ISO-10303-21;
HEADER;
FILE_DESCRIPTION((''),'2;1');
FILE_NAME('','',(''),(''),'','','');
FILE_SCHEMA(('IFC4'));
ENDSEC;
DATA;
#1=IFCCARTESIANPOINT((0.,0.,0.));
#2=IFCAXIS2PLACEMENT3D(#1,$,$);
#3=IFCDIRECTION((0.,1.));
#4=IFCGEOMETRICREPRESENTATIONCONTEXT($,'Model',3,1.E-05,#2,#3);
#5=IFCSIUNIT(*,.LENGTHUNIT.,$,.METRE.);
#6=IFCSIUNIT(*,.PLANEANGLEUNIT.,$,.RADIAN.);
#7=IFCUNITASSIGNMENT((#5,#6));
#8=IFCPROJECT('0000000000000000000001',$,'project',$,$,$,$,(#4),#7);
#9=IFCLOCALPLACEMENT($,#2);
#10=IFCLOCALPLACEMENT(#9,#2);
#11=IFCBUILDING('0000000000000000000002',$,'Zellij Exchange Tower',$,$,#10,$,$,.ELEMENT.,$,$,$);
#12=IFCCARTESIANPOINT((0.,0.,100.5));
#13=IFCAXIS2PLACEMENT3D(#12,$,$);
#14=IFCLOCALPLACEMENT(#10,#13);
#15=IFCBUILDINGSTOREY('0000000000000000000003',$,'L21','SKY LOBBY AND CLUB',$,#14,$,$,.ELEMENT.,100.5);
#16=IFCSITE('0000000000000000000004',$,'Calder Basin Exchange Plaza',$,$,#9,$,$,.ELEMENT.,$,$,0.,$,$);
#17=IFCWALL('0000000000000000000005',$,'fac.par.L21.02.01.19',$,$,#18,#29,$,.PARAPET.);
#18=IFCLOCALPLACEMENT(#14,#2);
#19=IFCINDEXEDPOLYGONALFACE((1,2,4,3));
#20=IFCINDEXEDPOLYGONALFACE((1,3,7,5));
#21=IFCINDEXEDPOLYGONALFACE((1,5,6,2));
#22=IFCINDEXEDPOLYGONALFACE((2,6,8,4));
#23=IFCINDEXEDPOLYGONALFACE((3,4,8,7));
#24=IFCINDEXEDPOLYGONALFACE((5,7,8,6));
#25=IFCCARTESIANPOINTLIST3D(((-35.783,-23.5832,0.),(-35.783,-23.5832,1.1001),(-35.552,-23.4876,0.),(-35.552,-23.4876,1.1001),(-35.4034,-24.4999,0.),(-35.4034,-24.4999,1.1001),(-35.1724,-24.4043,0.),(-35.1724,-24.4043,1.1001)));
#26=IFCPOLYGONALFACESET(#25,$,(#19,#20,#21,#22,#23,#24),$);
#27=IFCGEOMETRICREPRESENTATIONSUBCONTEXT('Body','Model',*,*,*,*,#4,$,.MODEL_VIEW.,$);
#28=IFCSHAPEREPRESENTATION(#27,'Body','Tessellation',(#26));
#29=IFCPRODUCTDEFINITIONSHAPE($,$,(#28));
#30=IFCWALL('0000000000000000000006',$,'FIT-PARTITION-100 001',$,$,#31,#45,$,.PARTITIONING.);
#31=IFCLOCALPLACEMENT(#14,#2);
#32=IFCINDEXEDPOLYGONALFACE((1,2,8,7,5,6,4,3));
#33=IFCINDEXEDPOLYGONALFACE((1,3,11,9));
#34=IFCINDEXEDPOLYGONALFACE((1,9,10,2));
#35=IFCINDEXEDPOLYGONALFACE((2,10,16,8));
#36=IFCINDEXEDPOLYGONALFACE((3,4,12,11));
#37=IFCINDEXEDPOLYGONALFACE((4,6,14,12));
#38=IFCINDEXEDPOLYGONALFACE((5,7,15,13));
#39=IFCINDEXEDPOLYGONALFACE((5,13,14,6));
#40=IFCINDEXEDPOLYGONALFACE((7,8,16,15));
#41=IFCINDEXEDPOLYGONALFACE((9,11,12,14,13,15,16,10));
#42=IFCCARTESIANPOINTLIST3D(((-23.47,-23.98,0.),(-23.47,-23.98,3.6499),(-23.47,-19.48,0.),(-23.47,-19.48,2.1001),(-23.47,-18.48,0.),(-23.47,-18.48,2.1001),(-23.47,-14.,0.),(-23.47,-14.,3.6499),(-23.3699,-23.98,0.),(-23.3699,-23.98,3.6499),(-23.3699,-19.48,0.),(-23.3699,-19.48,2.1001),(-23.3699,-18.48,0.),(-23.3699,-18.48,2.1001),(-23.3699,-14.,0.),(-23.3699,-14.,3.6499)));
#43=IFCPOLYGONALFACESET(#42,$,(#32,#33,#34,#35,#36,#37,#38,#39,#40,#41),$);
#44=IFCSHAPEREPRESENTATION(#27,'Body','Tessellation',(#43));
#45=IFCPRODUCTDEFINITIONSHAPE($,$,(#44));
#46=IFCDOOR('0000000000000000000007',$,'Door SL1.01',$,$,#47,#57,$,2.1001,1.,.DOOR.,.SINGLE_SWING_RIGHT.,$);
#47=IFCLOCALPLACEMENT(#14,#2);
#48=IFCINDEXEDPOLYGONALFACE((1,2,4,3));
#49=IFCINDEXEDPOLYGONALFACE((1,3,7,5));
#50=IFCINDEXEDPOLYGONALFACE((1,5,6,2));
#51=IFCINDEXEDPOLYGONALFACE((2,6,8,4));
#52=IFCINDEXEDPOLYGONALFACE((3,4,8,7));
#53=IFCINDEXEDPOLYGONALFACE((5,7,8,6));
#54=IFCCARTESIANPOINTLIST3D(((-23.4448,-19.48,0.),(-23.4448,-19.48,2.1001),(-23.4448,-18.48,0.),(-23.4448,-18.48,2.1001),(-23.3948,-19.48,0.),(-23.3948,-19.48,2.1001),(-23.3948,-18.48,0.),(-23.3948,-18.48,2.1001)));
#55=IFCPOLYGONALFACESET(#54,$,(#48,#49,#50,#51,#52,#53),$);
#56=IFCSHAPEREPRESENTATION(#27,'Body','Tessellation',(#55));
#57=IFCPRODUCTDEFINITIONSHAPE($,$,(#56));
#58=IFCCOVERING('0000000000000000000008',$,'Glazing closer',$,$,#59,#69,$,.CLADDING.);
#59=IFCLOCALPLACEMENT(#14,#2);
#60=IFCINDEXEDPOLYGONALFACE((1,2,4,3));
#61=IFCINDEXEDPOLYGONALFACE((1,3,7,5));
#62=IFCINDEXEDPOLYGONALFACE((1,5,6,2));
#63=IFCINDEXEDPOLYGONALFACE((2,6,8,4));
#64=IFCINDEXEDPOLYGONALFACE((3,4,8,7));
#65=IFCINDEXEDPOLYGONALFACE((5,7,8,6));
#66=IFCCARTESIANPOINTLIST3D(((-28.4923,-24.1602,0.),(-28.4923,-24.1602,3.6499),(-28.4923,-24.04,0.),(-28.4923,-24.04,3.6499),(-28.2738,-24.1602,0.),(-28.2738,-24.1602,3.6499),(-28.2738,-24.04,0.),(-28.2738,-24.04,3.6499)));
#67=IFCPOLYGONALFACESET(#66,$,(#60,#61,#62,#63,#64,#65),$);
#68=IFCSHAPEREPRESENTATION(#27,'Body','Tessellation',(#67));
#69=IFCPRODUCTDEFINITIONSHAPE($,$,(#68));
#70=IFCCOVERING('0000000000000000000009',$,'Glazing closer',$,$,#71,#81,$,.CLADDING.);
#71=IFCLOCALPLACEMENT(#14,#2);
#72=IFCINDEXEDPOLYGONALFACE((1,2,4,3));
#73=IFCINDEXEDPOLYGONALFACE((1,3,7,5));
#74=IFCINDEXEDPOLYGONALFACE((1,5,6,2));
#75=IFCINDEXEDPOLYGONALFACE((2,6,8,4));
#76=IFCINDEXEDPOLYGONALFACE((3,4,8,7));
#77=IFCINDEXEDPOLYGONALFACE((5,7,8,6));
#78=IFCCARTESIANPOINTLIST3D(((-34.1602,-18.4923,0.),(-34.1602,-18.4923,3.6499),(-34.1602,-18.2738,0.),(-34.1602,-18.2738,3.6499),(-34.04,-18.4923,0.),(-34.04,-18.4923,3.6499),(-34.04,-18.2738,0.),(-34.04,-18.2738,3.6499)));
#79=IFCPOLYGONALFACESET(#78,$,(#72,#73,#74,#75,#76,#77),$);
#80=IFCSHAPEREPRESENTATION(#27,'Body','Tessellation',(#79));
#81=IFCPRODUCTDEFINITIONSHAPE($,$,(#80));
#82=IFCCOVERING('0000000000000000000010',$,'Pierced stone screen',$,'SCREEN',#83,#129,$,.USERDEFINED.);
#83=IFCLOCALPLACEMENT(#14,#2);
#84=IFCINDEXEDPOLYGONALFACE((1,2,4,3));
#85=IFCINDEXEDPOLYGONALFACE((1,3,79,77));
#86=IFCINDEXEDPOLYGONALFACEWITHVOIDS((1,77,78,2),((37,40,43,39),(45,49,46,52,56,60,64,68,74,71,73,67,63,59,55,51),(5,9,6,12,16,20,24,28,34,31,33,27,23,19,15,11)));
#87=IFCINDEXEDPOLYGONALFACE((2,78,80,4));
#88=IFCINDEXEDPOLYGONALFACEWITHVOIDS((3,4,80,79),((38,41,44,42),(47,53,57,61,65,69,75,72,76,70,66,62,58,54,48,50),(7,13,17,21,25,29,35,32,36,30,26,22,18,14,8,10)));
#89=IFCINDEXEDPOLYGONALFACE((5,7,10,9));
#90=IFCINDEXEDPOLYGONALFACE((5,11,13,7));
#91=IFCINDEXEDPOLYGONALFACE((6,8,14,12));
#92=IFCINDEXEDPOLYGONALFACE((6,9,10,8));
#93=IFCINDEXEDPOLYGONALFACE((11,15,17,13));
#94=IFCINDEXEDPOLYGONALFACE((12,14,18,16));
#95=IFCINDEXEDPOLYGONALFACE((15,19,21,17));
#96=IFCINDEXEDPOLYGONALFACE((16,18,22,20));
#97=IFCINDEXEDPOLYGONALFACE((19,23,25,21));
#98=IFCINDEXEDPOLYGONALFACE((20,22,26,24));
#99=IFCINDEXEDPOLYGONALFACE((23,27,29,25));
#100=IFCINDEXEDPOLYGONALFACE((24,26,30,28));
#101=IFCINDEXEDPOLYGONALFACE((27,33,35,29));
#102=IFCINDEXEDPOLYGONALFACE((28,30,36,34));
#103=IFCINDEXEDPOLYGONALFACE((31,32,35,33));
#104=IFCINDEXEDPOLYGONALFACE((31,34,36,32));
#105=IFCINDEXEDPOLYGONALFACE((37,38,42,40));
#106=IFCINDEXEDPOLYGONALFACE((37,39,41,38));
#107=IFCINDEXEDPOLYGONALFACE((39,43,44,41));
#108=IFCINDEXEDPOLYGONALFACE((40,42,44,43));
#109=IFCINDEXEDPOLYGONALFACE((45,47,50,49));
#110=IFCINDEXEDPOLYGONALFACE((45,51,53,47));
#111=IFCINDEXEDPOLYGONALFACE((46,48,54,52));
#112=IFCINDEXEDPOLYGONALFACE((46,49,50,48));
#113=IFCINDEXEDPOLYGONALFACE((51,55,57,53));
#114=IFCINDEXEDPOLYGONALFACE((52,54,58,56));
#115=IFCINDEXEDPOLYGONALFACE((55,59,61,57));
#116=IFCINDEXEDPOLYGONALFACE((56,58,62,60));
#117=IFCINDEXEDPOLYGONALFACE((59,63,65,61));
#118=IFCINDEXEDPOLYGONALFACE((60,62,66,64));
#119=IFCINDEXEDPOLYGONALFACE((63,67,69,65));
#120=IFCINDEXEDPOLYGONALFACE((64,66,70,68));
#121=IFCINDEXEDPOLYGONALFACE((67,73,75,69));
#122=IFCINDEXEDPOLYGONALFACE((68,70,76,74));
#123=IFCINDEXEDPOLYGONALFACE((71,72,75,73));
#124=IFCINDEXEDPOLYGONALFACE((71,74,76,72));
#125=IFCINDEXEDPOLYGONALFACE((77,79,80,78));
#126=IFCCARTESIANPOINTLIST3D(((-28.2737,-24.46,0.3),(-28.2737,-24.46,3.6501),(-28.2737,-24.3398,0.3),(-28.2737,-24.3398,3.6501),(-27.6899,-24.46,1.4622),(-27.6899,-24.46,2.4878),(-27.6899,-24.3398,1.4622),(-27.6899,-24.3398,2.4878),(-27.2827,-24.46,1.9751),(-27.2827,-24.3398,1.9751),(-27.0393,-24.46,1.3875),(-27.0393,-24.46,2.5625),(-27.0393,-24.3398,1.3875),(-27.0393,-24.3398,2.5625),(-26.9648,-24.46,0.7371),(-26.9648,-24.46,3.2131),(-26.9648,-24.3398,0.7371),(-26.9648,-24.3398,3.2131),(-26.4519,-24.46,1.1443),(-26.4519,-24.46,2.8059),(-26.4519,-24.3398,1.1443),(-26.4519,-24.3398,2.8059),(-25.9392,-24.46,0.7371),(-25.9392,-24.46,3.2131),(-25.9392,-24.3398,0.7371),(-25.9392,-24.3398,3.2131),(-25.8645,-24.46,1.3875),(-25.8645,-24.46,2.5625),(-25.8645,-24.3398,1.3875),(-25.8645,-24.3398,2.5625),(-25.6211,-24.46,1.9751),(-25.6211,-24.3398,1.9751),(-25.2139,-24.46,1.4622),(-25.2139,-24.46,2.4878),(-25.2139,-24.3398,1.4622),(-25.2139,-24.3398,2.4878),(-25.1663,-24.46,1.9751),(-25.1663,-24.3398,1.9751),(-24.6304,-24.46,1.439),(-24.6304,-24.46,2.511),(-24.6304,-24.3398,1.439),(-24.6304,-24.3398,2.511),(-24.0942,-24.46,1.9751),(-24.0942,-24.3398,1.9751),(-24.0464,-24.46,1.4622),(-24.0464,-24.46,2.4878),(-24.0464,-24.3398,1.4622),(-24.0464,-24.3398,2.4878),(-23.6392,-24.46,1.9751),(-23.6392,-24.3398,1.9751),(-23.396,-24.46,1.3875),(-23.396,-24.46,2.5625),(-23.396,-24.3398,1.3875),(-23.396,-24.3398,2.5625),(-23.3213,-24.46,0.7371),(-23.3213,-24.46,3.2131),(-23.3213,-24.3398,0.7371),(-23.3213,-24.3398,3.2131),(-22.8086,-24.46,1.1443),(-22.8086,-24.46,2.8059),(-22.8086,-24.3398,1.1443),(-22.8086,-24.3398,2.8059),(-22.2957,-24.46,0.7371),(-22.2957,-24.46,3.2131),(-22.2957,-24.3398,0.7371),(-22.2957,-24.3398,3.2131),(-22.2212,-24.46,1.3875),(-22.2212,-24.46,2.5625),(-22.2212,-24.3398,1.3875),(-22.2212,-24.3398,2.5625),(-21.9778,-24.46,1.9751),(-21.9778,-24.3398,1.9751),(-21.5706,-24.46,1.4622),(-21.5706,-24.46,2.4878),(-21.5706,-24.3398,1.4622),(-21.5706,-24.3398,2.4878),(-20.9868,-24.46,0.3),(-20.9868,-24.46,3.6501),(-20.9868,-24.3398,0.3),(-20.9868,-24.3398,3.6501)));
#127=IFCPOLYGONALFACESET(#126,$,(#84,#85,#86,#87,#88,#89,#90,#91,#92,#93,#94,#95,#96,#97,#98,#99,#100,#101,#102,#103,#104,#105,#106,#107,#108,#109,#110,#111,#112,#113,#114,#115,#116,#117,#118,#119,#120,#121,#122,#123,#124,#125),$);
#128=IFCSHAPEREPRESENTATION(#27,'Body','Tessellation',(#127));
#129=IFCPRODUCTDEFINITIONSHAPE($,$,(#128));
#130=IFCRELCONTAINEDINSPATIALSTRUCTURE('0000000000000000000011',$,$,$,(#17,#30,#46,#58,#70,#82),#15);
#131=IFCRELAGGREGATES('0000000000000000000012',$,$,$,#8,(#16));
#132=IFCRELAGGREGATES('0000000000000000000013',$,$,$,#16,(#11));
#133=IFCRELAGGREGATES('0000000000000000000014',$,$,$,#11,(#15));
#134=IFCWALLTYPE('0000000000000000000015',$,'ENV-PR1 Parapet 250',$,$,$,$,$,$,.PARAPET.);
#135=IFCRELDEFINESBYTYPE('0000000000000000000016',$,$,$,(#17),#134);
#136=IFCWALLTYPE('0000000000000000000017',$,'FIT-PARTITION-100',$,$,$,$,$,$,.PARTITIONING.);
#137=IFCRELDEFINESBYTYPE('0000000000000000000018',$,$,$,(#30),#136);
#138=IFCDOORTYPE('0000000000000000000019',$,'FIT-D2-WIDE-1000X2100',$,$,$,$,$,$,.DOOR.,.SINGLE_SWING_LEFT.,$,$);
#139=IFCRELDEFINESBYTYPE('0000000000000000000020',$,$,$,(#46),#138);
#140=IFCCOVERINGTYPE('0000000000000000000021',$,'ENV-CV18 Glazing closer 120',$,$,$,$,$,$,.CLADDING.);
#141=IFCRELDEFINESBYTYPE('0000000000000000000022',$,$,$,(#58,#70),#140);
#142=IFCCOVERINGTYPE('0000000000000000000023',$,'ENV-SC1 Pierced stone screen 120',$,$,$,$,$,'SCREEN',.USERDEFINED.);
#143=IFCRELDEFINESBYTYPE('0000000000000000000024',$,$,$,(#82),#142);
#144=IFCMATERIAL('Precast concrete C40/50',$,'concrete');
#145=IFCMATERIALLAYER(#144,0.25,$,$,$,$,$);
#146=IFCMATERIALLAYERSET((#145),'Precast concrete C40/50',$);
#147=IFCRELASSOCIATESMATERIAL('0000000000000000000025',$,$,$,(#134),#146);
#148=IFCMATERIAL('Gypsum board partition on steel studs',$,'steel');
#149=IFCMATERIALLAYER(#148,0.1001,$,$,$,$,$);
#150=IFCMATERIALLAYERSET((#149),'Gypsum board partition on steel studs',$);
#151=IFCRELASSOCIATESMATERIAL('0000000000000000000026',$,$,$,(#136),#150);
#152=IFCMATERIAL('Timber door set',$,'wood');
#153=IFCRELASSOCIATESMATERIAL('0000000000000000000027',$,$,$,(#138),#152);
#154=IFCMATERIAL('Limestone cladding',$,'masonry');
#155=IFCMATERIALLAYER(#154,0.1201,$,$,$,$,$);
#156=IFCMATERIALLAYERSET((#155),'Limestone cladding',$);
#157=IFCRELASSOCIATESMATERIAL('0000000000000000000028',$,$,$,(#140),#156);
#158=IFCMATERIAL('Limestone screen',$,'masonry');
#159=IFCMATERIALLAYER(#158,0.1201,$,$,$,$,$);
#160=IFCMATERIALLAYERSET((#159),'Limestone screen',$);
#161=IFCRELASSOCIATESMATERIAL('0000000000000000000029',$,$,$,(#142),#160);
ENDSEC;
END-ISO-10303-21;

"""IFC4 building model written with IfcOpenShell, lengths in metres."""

from ifc_helpers import new_model, si_unit, direction, frame, frame_2d, origin, origin_2d, place, context, subcontext, project, spatial, polyline, rectangle, outline, extrude, material, layer, layer_set, type_object, element, fill, save


model = new_model("IFC4")

# Units and contexts
model_context = context("Model", 3, precision=1e-05, world=origin(), true_north=direction((0.0, 1.0)))
body_context = subcontext(model_context, "Body", "Model", "MODEL_VIEW")
ifc_project = project(units=[si_unit("LENGTHUNIT", "METRE"), si_unit("PLANEANGLEUNIT", "RADIAN")], contexts=[model_context])

# Site, building, storey
site_placement = place(None, origin())
site = spatial("IfcSite", under=ifc_project, at=site_placement, Name="Calder Basin Exchange Plaza", CompositionType="ELEMENT", RefElevation=0.0)
building_placement = place(site_placement, origin())
building = spatial("IfcBuilding", under=site, at=building_placement, Name="Zellij Exchange Tower", CompositionType="ELEMENT")
storey_placement = place(building_placement, frame((0.0, 0.0, 100.5)))
storey = spatial("IfcBuildingStorey", under=building, at=storey_placement, Name="L21", Description="SKY LOBBY AND CLUB", CompositionType="ELEMENT", Elevation=100.5)

# Wall
ifc_material_1 = material(Name="Precast concrete C40/50", Category="concrete")
ifc_layer_1 = layer(ifc_material_1, 0.25)
ifc_layer_set_1 = layer_set([ifc_layer_1], Name="Precast concrete C40/50")
wall_type_1 = type_object("IfcWallType", Name="ENV-PR1 Parapet 250", PredefinedType="PARAPET", material=ifc_layer_set_1)
wall_1_placement = place(storey_placement, frame((-35.6675, -23.5354, 0.0), z_axis=(0.0, 0.0, 1.0), x_axis=(0.382605, -0.923912, 0.0)))
element("IfcWall", 1, at=wall_1_placement, inside=storey, type_object=wall_type_1, Name="fac.par.L21.02.01.19", PredefinedType="PARAPET", context=body_context, shape_type="SweptSolid", body=[
    extrude(rectangle(XDim=0.9922, YDim=0.25, at=frame_2d((0.4961, 0.0))), origin(), (0.0, 0.0, 1.0), 1.1001),
])

# Wall, opening, door
ifc_material_2 = material(Name="Gypsum board partition on steel studs", Category="steel")
ifc_layer_2 = layer(ifc_material_2, 0.1001)
ifc_layer_set_2 = layer_set([ifc_layer_2], Name="Gypsum board partition on steel studs")
wall_type_2 = type_object("IfcWallType", Name="FIT-PARTITION-100", PredefinedType="PARTITIONING", material=ifc_layer_set_2)
wall_2_placement = place(storey_placement, frame((-23.4199, -23.98, 0.0), z_axis=(0.0, 0.0, 1.0), x_axis=(0.0, 1.0, 0.0)))
wall_2 = element("IfcWall", 2, at=wall_2_placement, inside=storey, type_object=wall_type_2, Name="FIT-PARTITION-100 001", PredefinedType="PARTITIONING", context=body_context, shape_type="SweptSolid", body=[
    extrude(rectangle(XDim=9.98, YDim=0.1001, at=frame_2d((4.99, 0.0))), origin(), (0.0, 0.0, 1.0), 3.6499),
])
opening_placement = place(wall_2_placement, frame((4.5, 0.0, 0.0)))
opening = element("IfcOpeningElement", 3, at=opening_placement, cuts=wall_2, PredefinedType="OPENING", context=body_context, shape_type="SweptSolid", body=[
    extrude(rectangle(XDim=1.0, YDim=2.1001, at=frame_2d((0.5, 1.05))), frame((0.0, 0.062, 0.0), z_axis=(0.0, -1.0, 0.0), x_axis=(1.0, 0.0, 0.0)), (0.0, 0.0, 1.0), 0.124),
])
ifc_material_3 = material(Name="Timber door set", Category="wood")
door_type = type_object("IfcDoorType", Name="FIT-D2-WIDE-1000X2100", OperationType="SINGLE_SWING_LEFT", PredefinedType="DOOR", material=ifc_material_3)
door_placement = place(opening_placement, origin())
door = element("IfcDoor", 4, at=door_placement, inside=storey, type_object=door_type, Name="Door SL1.01", OperationType="SINGLE_SWING_RIGHT", OverallHeight=2.1001, OverallWidth=1.0, PredefinedType="DOOR", context=body_context, shape_type="SweptSolid", body=[
    extrude(rectangle(XDim=1.0, YDim=2.1001, at=frame_2d((0.5, 1.05))), frame((0.0, 0.0249, 0.0), z_axis=(0.0, -1.0, 0.0), x_axis=(1.0, 0.0, 0.0)), (0.0, 0.0, 1.0), 0.05),
])
fill(opening, door)

# Coverings
ifc_material_4 = material(Name="Limestone cladding", Category="masonry")
ifc_layer_3 = layer(ifc_material_4, 0.1201)
ifc_layer_set_3 = layer_set([ifc_layer_3], Name="Limestone cladding")
covering_type_1 = type_object("IfcCoveringType", Name="ENV-CV18 Glazing closer 120", PredefinedType="CLADDING", material=ifc_layer_set_3)
for number, where, z_axis, x_axis, name in (
    (5, (-28.3831, -24.1001, 0.0), (0.0, 0.0, 1.0), (-1.0, 0.0, 0.0), "Glazing closer"),
    (6, (-34.1001, -18.3831, 0.0), (0.0, 0.0, 1.0), (0.0, -1.0, 0.0), "Glazing closer"),
):
    element("IfcCovering", number, at=place(storey_placement, frame(where, z_axis=z_axis, x_axis=x_axis)), inside=storey, type_object=covering_type_1, Name=name, PredefinedType="CLADDING", context=body_context, shape_type="SweptSolid", body=[
        extrude(rectangle(XDim=0.2185, YDim=0.1201, at=origin_2d()), origin(), (0.0, 0.0, 1.0), 3.6499),
    ])

# Covering
ifc_material_5 = material(Name="Limestone screen", Category="masonry")
ifc_layer_4 = layer(ifc_material_5, 0.1201)
ifc_layer_set_4 = layer_set([ifc_layer_4], Name="Limestone screen")
covering_type_2 = type_object("IfcCoveringType", Name="ENV-SC1 Pierced stone screen 120", ElementType="SCREEN", PredefinedType="USERDEFINED", material=ifc_layer_set_4)
covering_1_placement = place(storey_placement, frame((-28.2737, -24.3999, 0.3), z_axis=(0.0, 0.0, 1.0), x_axis=(1.0, 0.0, 0.0)))
element("IfcCovering", 7, at=covering_1_placement, inside=storey, type_object=covering_type_2, Name="Pierced stone screen", ObjectType="SCREEN", PredefinedType="USERDEFINED", context=body_context, shape_type="SweptSolid", body=[
    extrude(outline(polyline([(0.0, 0.0), (7.2869, 0.0), (7.2869, 3.3501), (0.0, 3.3501), (0.0, 0.0)]), holes=[polyline([(3.0598, 2.1877), (2.4092, 2.2625), (2.3345, 2.9131), (1.8218, 2.5059), (1.3088, 2.9131), (1.2344, 2.2625), (0.5837, 2.1877), (0.991, 1.675), (0.5837, 1.1621), (1.2344, 1.0874), (1.3088, 0.437), (1.8218, 0.8442), (2.3345, 0.437), (2.4092, 1.0874), (3.0598, 1.1621), (2.6526, 1.675), (3.0598, 2.1877)]), polyline([(6.7031, 2.1877), (6.0525, 2.2625), (5.978, 2.9131), (5.4651, 2.5059), (4.9524, 2.9131), (4.8777, 2.2625), (4.2273, 2.1877), (4.6345, 1.675), (4.2273, 1.1621), (4.8777, 1.0874), (4.9524, 0.437), (5.4651, 0.8442), (5.978, 0.437), (6.0525, 1.0874), (6.7031, 1.1621), (6.2959, 1.675), (6.7031, 2.1877)]), polyline([(4.1794, 1.675), (3.6433, 2.2109), (3.1074, 1.675), (3.6433, 1.1389), (4.1794, 1.675)])]), frame((0.0, 0.0601, 0.0), z_axis=(0.0, -1.0, 0.0), x_axis=(1.0, 0.0, 0.0)), (0.0, 0.0, 1.0), 0.1201),
])

save(model, "model.ifc")
